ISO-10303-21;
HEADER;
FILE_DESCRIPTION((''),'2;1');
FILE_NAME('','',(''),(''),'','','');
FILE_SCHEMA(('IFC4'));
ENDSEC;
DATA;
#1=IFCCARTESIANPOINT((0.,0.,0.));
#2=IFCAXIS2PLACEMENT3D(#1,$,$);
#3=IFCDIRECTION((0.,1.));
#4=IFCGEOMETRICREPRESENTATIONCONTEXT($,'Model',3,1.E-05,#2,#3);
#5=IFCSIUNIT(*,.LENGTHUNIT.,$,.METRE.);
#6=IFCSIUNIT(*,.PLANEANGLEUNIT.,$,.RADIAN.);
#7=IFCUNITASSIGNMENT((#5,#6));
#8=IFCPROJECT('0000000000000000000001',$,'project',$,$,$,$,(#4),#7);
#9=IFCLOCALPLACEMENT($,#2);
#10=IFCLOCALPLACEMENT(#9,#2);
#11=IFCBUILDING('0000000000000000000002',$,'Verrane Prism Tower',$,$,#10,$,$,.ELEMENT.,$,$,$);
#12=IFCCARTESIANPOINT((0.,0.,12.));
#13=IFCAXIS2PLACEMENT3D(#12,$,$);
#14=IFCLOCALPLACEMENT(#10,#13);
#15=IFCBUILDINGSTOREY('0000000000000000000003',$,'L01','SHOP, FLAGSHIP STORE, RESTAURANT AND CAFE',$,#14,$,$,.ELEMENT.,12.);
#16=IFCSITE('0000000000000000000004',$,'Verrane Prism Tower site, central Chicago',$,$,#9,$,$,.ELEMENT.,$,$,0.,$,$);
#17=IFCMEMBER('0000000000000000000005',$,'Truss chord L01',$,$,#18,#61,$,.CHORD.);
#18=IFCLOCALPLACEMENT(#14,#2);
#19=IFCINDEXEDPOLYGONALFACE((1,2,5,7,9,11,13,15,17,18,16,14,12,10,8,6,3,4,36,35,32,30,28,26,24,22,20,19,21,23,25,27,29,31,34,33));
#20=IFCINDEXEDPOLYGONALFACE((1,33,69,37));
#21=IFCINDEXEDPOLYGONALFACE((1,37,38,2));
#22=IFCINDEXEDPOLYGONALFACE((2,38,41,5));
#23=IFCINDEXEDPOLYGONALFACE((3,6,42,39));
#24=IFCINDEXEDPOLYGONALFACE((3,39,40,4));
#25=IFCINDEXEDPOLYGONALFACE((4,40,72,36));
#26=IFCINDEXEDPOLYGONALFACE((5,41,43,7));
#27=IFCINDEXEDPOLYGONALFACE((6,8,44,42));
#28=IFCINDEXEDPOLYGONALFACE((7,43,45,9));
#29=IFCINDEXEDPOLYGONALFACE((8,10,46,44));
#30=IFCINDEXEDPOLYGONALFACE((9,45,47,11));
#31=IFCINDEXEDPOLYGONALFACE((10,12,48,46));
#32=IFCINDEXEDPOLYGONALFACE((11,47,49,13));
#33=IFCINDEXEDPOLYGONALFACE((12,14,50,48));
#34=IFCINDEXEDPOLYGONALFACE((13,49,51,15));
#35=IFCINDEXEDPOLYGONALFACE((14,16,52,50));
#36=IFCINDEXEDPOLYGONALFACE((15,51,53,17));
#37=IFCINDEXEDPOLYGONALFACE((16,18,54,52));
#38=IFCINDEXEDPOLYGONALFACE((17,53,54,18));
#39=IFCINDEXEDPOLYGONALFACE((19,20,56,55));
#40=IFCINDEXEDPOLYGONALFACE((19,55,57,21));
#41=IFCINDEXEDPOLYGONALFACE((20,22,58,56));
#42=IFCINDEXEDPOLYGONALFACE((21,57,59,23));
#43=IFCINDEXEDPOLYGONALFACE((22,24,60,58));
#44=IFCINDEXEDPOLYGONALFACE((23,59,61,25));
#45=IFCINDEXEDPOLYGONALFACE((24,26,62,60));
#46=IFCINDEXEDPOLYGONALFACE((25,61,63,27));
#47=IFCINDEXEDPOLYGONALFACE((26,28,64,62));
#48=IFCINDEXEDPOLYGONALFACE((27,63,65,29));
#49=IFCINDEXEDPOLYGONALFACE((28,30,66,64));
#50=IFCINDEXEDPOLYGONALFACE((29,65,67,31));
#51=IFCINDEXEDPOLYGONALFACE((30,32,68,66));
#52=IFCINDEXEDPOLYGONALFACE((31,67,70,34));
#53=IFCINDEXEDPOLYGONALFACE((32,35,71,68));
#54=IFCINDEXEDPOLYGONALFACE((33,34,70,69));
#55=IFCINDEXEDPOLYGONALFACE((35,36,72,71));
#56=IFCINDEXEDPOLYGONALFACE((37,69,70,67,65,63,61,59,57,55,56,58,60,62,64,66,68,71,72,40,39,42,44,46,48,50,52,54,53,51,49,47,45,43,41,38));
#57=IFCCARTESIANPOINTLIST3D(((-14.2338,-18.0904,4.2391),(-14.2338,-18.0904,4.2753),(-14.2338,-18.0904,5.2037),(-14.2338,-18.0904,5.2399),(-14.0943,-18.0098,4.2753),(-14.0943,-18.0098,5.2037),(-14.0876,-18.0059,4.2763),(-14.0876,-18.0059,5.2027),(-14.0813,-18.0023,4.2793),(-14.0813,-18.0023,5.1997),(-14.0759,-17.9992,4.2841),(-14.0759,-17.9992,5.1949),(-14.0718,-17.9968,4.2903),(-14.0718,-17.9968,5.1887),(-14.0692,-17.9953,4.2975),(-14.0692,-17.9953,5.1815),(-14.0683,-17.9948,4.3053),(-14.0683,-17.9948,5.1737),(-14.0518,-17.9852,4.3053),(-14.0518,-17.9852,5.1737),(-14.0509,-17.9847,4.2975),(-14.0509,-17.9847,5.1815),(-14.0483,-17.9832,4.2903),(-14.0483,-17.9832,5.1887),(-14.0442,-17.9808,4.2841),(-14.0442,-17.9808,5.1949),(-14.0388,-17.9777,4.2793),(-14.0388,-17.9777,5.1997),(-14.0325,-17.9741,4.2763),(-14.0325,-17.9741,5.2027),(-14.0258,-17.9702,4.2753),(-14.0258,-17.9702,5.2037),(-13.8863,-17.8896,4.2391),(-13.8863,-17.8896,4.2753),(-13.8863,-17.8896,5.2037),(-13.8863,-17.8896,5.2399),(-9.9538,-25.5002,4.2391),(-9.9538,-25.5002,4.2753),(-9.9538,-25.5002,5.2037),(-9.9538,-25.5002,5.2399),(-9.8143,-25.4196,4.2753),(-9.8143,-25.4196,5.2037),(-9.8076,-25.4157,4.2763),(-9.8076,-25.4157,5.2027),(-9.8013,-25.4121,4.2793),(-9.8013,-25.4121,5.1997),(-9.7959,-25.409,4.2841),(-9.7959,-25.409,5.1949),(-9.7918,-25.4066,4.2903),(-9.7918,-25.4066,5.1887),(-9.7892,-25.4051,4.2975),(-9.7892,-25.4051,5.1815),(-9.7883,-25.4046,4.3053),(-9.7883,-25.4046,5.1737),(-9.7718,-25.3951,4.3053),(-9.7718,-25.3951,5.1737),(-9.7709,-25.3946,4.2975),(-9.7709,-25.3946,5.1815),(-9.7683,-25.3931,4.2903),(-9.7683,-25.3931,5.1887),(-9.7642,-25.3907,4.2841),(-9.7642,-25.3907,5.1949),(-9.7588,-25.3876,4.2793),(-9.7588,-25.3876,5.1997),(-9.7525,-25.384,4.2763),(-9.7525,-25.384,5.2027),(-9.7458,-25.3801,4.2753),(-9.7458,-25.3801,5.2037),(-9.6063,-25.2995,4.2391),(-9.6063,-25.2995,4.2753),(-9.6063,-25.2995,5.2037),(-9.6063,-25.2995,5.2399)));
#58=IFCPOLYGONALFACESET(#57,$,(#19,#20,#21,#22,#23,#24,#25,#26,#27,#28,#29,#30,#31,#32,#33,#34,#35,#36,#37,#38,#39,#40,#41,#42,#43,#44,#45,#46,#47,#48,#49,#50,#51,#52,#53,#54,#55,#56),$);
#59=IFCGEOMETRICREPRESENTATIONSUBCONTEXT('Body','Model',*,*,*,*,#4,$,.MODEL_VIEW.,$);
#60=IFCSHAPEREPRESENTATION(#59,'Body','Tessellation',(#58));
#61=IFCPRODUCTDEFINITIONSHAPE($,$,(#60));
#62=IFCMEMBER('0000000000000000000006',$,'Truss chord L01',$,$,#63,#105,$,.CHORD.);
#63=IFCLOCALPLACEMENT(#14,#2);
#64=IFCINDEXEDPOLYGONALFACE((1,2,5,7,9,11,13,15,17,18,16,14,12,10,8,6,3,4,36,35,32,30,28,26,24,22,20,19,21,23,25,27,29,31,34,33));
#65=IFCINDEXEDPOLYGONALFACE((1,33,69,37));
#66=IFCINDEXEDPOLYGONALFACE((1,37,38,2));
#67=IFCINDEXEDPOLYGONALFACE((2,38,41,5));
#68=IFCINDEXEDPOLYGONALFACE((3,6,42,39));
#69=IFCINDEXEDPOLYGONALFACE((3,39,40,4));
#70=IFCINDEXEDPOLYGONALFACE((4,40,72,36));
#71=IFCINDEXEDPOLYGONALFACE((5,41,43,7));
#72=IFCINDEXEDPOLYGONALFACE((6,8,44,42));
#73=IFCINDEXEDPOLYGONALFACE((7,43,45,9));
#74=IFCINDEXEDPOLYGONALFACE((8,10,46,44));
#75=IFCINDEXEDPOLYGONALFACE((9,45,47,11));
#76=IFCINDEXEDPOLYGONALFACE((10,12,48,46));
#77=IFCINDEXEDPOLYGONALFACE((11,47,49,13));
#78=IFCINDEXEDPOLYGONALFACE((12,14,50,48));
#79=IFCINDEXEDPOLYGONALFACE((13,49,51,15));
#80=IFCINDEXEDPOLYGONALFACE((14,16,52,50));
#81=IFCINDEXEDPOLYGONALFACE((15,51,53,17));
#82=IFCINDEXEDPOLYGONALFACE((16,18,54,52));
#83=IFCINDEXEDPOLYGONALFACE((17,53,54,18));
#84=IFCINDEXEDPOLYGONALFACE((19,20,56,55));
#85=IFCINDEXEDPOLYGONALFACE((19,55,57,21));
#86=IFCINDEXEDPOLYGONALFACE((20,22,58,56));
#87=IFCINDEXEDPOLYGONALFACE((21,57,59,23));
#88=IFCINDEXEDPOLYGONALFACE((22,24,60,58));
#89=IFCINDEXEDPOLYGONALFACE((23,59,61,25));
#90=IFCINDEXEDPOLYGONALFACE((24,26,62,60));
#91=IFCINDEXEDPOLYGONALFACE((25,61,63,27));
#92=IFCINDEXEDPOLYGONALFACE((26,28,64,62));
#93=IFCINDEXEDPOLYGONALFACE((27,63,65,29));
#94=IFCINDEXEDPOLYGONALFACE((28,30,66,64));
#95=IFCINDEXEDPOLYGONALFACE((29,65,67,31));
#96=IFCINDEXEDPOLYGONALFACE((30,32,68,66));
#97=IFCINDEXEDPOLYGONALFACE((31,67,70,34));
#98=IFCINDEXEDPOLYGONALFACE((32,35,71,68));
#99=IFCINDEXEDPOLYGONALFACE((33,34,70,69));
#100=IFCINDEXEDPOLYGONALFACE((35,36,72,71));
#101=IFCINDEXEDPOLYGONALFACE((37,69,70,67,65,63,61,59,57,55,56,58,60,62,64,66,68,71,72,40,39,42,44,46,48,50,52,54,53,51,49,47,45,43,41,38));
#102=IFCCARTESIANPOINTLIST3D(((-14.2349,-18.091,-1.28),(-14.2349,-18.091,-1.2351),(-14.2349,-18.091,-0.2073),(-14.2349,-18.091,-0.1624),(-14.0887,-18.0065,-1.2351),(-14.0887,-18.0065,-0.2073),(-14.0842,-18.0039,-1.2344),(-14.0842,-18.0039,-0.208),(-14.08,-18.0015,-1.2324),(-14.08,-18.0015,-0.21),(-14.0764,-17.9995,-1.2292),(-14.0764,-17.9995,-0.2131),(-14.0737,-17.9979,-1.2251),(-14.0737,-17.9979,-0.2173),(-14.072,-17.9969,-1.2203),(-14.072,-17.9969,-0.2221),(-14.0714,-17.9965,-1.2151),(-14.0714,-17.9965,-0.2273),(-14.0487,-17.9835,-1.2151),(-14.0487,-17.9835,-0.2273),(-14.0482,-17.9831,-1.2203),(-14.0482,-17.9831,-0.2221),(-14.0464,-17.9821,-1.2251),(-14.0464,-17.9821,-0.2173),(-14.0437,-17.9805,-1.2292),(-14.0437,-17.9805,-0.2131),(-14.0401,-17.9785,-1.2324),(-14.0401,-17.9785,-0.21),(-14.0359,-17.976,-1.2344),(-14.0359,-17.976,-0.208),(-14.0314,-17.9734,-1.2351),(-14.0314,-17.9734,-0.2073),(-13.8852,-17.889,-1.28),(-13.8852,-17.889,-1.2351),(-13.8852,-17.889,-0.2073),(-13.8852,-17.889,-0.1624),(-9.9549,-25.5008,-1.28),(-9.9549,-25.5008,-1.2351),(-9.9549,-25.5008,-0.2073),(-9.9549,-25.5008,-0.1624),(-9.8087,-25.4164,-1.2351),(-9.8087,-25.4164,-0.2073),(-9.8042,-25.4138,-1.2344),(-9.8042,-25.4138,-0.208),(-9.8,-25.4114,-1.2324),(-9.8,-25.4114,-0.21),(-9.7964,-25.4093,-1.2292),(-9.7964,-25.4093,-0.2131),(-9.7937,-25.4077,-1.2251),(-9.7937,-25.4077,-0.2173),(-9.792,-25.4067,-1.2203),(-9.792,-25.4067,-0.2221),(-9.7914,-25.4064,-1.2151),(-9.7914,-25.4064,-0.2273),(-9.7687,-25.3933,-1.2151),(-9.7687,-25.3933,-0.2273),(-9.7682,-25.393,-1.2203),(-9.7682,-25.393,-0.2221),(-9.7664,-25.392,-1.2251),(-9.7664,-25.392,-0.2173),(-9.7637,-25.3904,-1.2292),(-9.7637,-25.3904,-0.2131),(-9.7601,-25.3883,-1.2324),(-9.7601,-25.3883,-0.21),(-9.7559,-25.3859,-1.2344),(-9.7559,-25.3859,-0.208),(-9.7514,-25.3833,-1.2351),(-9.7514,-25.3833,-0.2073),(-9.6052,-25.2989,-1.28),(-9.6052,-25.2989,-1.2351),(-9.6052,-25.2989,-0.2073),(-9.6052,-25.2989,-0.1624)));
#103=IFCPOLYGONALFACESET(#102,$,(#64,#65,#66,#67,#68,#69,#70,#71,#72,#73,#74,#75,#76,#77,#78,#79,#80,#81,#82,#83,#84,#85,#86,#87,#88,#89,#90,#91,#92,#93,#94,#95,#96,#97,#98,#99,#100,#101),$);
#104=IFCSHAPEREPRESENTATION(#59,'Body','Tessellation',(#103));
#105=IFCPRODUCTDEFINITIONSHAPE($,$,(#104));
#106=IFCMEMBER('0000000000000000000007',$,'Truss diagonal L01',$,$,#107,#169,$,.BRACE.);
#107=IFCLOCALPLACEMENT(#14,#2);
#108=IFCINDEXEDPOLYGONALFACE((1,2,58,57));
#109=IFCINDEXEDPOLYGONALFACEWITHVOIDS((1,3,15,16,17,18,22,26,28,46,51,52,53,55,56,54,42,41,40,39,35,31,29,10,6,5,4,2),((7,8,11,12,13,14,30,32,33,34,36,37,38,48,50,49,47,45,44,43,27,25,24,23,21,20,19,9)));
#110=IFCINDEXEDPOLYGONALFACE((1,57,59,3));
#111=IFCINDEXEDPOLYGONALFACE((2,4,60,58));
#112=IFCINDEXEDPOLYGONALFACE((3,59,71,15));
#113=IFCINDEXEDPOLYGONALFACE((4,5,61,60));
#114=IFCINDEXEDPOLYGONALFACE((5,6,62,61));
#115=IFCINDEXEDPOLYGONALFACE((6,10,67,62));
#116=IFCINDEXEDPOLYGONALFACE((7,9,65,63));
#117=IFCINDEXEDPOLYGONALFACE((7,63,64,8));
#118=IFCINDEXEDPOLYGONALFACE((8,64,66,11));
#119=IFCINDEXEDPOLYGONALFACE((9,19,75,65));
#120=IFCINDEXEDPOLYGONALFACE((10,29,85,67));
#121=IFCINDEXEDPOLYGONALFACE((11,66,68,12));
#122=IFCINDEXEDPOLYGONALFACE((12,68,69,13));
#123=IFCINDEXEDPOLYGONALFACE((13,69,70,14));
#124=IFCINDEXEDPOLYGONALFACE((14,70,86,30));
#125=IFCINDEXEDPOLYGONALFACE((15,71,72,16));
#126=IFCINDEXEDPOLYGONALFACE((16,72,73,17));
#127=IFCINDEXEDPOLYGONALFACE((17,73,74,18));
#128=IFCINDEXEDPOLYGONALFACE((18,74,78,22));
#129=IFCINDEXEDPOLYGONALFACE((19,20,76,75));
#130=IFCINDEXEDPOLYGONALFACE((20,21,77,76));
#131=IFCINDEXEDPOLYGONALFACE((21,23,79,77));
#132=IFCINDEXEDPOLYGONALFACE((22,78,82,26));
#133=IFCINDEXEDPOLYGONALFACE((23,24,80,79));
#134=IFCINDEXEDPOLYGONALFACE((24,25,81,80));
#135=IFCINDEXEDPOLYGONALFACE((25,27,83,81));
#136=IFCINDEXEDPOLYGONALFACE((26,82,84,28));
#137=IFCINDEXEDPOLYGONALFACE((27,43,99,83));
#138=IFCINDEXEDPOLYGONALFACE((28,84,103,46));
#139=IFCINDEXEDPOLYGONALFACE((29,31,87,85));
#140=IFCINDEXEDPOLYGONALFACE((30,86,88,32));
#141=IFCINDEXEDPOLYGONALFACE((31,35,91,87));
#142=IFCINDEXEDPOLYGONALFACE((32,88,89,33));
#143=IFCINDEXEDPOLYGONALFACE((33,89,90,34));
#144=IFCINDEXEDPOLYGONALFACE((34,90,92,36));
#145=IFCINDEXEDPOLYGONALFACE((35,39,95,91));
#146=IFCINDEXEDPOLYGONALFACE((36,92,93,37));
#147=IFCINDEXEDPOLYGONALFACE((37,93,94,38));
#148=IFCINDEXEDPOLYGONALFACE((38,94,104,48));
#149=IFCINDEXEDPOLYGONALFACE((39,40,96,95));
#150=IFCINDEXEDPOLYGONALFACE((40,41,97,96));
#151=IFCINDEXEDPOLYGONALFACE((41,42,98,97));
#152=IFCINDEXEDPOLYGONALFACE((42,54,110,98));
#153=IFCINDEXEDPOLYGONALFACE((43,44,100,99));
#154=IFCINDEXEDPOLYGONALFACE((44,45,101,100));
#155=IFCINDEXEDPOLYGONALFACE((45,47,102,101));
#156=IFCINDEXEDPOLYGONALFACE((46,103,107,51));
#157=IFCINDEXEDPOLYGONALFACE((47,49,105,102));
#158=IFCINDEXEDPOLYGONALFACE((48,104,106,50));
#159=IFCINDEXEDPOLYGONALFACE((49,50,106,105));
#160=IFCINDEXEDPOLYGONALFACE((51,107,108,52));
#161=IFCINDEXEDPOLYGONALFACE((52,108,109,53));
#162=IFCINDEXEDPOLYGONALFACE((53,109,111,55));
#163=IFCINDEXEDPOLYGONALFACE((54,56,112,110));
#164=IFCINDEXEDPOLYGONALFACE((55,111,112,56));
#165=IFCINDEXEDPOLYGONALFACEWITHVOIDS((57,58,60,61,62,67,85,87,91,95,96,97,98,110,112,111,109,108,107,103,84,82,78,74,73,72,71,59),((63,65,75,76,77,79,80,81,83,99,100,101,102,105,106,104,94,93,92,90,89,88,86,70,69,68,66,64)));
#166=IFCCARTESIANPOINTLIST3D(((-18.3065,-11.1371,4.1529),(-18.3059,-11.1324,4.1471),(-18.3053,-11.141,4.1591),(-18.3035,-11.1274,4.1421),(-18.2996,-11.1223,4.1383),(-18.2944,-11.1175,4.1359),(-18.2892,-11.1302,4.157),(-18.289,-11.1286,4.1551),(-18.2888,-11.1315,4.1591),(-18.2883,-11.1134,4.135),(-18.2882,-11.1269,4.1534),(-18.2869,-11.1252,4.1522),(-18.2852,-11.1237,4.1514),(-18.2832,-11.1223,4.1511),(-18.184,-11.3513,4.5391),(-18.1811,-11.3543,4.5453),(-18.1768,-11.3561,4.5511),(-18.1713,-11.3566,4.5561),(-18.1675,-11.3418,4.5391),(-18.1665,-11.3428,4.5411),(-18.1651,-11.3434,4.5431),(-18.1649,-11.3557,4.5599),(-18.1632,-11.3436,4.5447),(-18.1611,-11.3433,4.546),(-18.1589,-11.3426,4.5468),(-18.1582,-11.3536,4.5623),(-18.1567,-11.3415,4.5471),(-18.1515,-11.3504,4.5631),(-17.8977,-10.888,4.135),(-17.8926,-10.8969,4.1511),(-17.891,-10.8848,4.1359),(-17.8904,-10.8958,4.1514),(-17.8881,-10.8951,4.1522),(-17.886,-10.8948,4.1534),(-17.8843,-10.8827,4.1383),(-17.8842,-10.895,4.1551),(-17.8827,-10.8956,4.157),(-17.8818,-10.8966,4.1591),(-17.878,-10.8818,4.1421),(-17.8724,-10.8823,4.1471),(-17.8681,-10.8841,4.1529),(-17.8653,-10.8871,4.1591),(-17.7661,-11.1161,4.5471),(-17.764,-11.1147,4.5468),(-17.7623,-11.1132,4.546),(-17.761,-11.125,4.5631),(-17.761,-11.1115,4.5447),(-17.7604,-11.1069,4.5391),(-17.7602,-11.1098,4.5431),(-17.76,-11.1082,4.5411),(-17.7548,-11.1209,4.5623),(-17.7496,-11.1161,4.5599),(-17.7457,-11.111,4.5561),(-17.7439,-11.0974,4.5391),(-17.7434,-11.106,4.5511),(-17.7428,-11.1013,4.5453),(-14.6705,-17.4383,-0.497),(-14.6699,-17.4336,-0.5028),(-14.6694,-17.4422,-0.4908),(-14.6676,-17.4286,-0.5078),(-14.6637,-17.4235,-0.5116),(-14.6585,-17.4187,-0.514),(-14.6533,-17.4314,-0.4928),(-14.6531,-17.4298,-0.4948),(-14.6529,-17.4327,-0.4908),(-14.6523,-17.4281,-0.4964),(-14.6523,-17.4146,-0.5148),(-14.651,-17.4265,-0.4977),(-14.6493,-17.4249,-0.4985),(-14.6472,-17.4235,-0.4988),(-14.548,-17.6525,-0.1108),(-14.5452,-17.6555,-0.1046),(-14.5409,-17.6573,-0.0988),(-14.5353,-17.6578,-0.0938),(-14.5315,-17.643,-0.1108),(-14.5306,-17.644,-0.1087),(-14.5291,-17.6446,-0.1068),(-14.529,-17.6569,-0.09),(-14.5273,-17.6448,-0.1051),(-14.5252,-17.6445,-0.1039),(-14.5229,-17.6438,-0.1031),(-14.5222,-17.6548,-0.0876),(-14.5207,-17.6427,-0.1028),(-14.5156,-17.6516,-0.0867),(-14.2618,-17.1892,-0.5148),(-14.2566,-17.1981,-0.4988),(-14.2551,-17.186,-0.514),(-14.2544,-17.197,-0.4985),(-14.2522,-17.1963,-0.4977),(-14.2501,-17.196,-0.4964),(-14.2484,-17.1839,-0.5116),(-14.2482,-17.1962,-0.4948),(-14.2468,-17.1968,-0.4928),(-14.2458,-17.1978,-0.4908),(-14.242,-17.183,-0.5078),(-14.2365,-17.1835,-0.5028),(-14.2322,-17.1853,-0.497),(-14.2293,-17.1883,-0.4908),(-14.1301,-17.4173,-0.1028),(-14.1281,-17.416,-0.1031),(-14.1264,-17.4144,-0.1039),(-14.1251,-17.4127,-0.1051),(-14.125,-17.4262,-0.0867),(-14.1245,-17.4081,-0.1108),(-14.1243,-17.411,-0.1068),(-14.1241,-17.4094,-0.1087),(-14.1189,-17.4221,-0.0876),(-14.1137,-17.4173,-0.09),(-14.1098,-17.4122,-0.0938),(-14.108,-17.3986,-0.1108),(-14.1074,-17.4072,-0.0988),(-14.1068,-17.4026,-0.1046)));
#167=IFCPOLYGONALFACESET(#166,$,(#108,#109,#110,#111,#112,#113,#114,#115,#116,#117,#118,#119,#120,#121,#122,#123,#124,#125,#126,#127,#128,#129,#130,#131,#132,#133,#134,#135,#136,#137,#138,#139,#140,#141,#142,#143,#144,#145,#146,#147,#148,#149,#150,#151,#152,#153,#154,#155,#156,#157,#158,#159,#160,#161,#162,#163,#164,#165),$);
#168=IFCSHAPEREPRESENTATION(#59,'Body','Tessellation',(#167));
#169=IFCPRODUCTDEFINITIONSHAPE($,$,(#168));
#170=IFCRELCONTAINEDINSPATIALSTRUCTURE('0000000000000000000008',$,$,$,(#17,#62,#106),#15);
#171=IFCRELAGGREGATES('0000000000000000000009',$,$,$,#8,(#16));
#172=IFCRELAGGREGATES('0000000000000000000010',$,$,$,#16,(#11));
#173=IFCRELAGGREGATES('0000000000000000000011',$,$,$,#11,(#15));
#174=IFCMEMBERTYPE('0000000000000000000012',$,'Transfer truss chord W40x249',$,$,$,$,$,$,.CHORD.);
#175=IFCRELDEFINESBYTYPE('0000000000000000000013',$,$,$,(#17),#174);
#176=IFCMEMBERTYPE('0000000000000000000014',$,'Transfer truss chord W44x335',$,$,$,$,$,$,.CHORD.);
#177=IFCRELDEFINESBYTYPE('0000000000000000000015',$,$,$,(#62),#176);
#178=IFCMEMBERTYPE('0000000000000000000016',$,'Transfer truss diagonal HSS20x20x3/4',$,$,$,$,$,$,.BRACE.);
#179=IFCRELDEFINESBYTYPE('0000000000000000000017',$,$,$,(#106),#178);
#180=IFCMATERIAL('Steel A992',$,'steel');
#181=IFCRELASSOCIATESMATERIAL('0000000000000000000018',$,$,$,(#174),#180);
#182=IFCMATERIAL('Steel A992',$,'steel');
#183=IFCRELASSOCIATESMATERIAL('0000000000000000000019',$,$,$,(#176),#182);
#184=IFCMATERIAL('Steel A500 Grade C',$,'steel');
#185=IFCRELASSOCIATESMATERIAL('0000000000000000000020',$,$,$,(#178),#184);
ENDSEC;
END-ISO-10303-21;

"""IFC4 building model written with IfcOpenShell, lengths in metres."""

from ifc_helpers import new_model, si_unit, direction, frame, origin, origin_2d, place, context, subcontext, project, spatial, hollow_rectangle, i_section, extrude, material, material_profile, profile_set, type_object, element, save


model = new_model("IFC4")

# Units and contexts
model_context = context("Model", 3, precision=1e-05, world=origin(), true_north=direction((0.0, 1.0)))
body_context = subcontext(model_context, "Body", "Model", "MODEL_VIEW")
ifc_project = project(units=[si_unit("LENGTHUNIT", "METRE"), si_unit("PLANEANGLEUNIT", "RADIAN")], contexts=[model_context])

# Site, building, storey
site_placement = place(None, origin())
site = spatial("IfcSite", under=ifc_project, at=site_placement, Name="Verrane Prism Tower site, central Chicago", CompositionType="ELEMENT", RefElevation=0.0)
building_placement = place(site_placement, origin())
building = spatial("IfcBuilding", under=site, at=building_placement, Name="Verrane Prism Tower", CompositionType="ELEMENT")
storey_placement = place(building_placement, frame((0.0, 0.0, 12.0)))
storey = spatial("IfcBuildingStorey", under=building, at=storey_placement, Name="L01", Description="SHOP, FLAGSHIP STORE, RESTAURANT AND CAFE", CompositionType="ELEMENT", Elevation=12.0)

# Members
ifc_material_1 = material(Name="Steel A992", Category="steel")
ifc_material_profile_1 = material_profile(ifc_material_1, i_section(OverallWidth=0.4014, OverallDepth=1.0007, WebThickness=0.019, FlangeThickness=0.0361, FilletRadius=0.03, at=origin_2d()), Name="W40x249")
ifc_profile_set_1 = profile_set([ifc_material_profile_1], Name="Steel A992")
member_type_1 = type_object("IfcMemberType", Name="Transfer truss chord W40x249", PredefinedType="CHORD", material=ifc_profile_set_1)
member_1_placement = place(storey_placement, frame((-14.0601, -17.99, 4.7395), z_axis=(0.500168, -0.865929, 0.0), x_axis=(0.865929, 0.500168, 0.0)))
element("IfcMember", 1, at=member_1_placement, inside=storey, type_object=member_type_1, Name="Truss chord L01", PredefinedType="CHORD", context=body_context, shape_type="SweptSolid", body=[
    extrude(i_section(OverallWidth=0.4014, OverallDepth=1.0007, WebThickness=0.019, FlangeThickness=0.0361, FilletRadius=0.03, at=origin_2d()), origin(), (0.0, 0.0, 1.0), 8.5571),
])
ifc_material_2 = material(Name="Steel A992", Category="steel")
ifc_material_profile_2 = material_profile(ifc_material_2, i_section(OverallWidth=0.4038, OverallDepth=1.1177, WebThickness=0.0261, FlangeThickness=0.0449, FilletRadius=0.02, at=origin_2d()), Name="W44x335")
ifc_profile_set_2 = profile_set([ifc_material_profile_2], Name="Steel A992")
member_type_2 = type_object("IfcMemberType", Name="Transfer truss chord W44x335", PredefinedType="CHORD", material=ifc_profile_set_2)
member_2_placement = place(storey_placement, frame((-14.0601, -17.99, -0.7212), z_axis=(0.500168, -0.865929, 0.0), x_axis=(0.865929, 0.500168, 0.0)))
element("IfcMember", 2, at=member_2_placement, inside=storey, type_object=member_type_2, Name="Truss chord L01", PredefinedType="CHORD", context=body_context, shape_type="SweptSolid", body=[
    extrude(i_section(OverallWidth=0.4038, OverallDepth=1.1177, WebThickness=0.0261, FlangeThickness=0.0449, FilletRadius=0.02, at=origin_2d()), origin(), (0.0, 0.0, 1.0), 8.5571),
])
ifc_material_3 = material(Name="Steel A500 Grade C", Category="steel")
ifc_material_profile_3 = material_profile(ifc_material_3, hollow_rectangle(XDim=0.5081, YDim=0.5081, WallThickness=0.019, InnerFilletRadius=0.0095, OuterFilletRadius=0.0286, at=origin_2d()), Name="HSS20x20x3/4")
ifc_profile_set_3 = profile_set([ifc_material_profile_3], Name="Steel A500 Grade C")
member_type_3 = type_object("IfcMemberType", Name="Transfer truss diagonal HSS20x20x3/4", PredefinedType="BRACE", material=ifc_profile_set_3)
member_3_placement = place(storey_placement, frame((-14.3887, -17.4204, -0.3008), z_axis=(-0.421118, 0.72981, 0.53855), x_axis=(-0.866148, -0.499788, 0.0)))
element("IfcMember", 3, at=member_3_placement, inside=storey, type_object=member_type_3, Name="Truss diagonal L01", PredefinedType="BRACE", context=body_context, shape_type="SweptSolid", body=[
    extrude(hollow_rectangle(XDim=0.5081, YDim=0.5081, WallThickness=0.019, InnerFilletRadius=0.0095, OuterFilletRadius=0.0286, at=origin_2d()), origin(), (0.0, 0.0, 1.0), 8.634),
])

save(model, "model.ifc")
